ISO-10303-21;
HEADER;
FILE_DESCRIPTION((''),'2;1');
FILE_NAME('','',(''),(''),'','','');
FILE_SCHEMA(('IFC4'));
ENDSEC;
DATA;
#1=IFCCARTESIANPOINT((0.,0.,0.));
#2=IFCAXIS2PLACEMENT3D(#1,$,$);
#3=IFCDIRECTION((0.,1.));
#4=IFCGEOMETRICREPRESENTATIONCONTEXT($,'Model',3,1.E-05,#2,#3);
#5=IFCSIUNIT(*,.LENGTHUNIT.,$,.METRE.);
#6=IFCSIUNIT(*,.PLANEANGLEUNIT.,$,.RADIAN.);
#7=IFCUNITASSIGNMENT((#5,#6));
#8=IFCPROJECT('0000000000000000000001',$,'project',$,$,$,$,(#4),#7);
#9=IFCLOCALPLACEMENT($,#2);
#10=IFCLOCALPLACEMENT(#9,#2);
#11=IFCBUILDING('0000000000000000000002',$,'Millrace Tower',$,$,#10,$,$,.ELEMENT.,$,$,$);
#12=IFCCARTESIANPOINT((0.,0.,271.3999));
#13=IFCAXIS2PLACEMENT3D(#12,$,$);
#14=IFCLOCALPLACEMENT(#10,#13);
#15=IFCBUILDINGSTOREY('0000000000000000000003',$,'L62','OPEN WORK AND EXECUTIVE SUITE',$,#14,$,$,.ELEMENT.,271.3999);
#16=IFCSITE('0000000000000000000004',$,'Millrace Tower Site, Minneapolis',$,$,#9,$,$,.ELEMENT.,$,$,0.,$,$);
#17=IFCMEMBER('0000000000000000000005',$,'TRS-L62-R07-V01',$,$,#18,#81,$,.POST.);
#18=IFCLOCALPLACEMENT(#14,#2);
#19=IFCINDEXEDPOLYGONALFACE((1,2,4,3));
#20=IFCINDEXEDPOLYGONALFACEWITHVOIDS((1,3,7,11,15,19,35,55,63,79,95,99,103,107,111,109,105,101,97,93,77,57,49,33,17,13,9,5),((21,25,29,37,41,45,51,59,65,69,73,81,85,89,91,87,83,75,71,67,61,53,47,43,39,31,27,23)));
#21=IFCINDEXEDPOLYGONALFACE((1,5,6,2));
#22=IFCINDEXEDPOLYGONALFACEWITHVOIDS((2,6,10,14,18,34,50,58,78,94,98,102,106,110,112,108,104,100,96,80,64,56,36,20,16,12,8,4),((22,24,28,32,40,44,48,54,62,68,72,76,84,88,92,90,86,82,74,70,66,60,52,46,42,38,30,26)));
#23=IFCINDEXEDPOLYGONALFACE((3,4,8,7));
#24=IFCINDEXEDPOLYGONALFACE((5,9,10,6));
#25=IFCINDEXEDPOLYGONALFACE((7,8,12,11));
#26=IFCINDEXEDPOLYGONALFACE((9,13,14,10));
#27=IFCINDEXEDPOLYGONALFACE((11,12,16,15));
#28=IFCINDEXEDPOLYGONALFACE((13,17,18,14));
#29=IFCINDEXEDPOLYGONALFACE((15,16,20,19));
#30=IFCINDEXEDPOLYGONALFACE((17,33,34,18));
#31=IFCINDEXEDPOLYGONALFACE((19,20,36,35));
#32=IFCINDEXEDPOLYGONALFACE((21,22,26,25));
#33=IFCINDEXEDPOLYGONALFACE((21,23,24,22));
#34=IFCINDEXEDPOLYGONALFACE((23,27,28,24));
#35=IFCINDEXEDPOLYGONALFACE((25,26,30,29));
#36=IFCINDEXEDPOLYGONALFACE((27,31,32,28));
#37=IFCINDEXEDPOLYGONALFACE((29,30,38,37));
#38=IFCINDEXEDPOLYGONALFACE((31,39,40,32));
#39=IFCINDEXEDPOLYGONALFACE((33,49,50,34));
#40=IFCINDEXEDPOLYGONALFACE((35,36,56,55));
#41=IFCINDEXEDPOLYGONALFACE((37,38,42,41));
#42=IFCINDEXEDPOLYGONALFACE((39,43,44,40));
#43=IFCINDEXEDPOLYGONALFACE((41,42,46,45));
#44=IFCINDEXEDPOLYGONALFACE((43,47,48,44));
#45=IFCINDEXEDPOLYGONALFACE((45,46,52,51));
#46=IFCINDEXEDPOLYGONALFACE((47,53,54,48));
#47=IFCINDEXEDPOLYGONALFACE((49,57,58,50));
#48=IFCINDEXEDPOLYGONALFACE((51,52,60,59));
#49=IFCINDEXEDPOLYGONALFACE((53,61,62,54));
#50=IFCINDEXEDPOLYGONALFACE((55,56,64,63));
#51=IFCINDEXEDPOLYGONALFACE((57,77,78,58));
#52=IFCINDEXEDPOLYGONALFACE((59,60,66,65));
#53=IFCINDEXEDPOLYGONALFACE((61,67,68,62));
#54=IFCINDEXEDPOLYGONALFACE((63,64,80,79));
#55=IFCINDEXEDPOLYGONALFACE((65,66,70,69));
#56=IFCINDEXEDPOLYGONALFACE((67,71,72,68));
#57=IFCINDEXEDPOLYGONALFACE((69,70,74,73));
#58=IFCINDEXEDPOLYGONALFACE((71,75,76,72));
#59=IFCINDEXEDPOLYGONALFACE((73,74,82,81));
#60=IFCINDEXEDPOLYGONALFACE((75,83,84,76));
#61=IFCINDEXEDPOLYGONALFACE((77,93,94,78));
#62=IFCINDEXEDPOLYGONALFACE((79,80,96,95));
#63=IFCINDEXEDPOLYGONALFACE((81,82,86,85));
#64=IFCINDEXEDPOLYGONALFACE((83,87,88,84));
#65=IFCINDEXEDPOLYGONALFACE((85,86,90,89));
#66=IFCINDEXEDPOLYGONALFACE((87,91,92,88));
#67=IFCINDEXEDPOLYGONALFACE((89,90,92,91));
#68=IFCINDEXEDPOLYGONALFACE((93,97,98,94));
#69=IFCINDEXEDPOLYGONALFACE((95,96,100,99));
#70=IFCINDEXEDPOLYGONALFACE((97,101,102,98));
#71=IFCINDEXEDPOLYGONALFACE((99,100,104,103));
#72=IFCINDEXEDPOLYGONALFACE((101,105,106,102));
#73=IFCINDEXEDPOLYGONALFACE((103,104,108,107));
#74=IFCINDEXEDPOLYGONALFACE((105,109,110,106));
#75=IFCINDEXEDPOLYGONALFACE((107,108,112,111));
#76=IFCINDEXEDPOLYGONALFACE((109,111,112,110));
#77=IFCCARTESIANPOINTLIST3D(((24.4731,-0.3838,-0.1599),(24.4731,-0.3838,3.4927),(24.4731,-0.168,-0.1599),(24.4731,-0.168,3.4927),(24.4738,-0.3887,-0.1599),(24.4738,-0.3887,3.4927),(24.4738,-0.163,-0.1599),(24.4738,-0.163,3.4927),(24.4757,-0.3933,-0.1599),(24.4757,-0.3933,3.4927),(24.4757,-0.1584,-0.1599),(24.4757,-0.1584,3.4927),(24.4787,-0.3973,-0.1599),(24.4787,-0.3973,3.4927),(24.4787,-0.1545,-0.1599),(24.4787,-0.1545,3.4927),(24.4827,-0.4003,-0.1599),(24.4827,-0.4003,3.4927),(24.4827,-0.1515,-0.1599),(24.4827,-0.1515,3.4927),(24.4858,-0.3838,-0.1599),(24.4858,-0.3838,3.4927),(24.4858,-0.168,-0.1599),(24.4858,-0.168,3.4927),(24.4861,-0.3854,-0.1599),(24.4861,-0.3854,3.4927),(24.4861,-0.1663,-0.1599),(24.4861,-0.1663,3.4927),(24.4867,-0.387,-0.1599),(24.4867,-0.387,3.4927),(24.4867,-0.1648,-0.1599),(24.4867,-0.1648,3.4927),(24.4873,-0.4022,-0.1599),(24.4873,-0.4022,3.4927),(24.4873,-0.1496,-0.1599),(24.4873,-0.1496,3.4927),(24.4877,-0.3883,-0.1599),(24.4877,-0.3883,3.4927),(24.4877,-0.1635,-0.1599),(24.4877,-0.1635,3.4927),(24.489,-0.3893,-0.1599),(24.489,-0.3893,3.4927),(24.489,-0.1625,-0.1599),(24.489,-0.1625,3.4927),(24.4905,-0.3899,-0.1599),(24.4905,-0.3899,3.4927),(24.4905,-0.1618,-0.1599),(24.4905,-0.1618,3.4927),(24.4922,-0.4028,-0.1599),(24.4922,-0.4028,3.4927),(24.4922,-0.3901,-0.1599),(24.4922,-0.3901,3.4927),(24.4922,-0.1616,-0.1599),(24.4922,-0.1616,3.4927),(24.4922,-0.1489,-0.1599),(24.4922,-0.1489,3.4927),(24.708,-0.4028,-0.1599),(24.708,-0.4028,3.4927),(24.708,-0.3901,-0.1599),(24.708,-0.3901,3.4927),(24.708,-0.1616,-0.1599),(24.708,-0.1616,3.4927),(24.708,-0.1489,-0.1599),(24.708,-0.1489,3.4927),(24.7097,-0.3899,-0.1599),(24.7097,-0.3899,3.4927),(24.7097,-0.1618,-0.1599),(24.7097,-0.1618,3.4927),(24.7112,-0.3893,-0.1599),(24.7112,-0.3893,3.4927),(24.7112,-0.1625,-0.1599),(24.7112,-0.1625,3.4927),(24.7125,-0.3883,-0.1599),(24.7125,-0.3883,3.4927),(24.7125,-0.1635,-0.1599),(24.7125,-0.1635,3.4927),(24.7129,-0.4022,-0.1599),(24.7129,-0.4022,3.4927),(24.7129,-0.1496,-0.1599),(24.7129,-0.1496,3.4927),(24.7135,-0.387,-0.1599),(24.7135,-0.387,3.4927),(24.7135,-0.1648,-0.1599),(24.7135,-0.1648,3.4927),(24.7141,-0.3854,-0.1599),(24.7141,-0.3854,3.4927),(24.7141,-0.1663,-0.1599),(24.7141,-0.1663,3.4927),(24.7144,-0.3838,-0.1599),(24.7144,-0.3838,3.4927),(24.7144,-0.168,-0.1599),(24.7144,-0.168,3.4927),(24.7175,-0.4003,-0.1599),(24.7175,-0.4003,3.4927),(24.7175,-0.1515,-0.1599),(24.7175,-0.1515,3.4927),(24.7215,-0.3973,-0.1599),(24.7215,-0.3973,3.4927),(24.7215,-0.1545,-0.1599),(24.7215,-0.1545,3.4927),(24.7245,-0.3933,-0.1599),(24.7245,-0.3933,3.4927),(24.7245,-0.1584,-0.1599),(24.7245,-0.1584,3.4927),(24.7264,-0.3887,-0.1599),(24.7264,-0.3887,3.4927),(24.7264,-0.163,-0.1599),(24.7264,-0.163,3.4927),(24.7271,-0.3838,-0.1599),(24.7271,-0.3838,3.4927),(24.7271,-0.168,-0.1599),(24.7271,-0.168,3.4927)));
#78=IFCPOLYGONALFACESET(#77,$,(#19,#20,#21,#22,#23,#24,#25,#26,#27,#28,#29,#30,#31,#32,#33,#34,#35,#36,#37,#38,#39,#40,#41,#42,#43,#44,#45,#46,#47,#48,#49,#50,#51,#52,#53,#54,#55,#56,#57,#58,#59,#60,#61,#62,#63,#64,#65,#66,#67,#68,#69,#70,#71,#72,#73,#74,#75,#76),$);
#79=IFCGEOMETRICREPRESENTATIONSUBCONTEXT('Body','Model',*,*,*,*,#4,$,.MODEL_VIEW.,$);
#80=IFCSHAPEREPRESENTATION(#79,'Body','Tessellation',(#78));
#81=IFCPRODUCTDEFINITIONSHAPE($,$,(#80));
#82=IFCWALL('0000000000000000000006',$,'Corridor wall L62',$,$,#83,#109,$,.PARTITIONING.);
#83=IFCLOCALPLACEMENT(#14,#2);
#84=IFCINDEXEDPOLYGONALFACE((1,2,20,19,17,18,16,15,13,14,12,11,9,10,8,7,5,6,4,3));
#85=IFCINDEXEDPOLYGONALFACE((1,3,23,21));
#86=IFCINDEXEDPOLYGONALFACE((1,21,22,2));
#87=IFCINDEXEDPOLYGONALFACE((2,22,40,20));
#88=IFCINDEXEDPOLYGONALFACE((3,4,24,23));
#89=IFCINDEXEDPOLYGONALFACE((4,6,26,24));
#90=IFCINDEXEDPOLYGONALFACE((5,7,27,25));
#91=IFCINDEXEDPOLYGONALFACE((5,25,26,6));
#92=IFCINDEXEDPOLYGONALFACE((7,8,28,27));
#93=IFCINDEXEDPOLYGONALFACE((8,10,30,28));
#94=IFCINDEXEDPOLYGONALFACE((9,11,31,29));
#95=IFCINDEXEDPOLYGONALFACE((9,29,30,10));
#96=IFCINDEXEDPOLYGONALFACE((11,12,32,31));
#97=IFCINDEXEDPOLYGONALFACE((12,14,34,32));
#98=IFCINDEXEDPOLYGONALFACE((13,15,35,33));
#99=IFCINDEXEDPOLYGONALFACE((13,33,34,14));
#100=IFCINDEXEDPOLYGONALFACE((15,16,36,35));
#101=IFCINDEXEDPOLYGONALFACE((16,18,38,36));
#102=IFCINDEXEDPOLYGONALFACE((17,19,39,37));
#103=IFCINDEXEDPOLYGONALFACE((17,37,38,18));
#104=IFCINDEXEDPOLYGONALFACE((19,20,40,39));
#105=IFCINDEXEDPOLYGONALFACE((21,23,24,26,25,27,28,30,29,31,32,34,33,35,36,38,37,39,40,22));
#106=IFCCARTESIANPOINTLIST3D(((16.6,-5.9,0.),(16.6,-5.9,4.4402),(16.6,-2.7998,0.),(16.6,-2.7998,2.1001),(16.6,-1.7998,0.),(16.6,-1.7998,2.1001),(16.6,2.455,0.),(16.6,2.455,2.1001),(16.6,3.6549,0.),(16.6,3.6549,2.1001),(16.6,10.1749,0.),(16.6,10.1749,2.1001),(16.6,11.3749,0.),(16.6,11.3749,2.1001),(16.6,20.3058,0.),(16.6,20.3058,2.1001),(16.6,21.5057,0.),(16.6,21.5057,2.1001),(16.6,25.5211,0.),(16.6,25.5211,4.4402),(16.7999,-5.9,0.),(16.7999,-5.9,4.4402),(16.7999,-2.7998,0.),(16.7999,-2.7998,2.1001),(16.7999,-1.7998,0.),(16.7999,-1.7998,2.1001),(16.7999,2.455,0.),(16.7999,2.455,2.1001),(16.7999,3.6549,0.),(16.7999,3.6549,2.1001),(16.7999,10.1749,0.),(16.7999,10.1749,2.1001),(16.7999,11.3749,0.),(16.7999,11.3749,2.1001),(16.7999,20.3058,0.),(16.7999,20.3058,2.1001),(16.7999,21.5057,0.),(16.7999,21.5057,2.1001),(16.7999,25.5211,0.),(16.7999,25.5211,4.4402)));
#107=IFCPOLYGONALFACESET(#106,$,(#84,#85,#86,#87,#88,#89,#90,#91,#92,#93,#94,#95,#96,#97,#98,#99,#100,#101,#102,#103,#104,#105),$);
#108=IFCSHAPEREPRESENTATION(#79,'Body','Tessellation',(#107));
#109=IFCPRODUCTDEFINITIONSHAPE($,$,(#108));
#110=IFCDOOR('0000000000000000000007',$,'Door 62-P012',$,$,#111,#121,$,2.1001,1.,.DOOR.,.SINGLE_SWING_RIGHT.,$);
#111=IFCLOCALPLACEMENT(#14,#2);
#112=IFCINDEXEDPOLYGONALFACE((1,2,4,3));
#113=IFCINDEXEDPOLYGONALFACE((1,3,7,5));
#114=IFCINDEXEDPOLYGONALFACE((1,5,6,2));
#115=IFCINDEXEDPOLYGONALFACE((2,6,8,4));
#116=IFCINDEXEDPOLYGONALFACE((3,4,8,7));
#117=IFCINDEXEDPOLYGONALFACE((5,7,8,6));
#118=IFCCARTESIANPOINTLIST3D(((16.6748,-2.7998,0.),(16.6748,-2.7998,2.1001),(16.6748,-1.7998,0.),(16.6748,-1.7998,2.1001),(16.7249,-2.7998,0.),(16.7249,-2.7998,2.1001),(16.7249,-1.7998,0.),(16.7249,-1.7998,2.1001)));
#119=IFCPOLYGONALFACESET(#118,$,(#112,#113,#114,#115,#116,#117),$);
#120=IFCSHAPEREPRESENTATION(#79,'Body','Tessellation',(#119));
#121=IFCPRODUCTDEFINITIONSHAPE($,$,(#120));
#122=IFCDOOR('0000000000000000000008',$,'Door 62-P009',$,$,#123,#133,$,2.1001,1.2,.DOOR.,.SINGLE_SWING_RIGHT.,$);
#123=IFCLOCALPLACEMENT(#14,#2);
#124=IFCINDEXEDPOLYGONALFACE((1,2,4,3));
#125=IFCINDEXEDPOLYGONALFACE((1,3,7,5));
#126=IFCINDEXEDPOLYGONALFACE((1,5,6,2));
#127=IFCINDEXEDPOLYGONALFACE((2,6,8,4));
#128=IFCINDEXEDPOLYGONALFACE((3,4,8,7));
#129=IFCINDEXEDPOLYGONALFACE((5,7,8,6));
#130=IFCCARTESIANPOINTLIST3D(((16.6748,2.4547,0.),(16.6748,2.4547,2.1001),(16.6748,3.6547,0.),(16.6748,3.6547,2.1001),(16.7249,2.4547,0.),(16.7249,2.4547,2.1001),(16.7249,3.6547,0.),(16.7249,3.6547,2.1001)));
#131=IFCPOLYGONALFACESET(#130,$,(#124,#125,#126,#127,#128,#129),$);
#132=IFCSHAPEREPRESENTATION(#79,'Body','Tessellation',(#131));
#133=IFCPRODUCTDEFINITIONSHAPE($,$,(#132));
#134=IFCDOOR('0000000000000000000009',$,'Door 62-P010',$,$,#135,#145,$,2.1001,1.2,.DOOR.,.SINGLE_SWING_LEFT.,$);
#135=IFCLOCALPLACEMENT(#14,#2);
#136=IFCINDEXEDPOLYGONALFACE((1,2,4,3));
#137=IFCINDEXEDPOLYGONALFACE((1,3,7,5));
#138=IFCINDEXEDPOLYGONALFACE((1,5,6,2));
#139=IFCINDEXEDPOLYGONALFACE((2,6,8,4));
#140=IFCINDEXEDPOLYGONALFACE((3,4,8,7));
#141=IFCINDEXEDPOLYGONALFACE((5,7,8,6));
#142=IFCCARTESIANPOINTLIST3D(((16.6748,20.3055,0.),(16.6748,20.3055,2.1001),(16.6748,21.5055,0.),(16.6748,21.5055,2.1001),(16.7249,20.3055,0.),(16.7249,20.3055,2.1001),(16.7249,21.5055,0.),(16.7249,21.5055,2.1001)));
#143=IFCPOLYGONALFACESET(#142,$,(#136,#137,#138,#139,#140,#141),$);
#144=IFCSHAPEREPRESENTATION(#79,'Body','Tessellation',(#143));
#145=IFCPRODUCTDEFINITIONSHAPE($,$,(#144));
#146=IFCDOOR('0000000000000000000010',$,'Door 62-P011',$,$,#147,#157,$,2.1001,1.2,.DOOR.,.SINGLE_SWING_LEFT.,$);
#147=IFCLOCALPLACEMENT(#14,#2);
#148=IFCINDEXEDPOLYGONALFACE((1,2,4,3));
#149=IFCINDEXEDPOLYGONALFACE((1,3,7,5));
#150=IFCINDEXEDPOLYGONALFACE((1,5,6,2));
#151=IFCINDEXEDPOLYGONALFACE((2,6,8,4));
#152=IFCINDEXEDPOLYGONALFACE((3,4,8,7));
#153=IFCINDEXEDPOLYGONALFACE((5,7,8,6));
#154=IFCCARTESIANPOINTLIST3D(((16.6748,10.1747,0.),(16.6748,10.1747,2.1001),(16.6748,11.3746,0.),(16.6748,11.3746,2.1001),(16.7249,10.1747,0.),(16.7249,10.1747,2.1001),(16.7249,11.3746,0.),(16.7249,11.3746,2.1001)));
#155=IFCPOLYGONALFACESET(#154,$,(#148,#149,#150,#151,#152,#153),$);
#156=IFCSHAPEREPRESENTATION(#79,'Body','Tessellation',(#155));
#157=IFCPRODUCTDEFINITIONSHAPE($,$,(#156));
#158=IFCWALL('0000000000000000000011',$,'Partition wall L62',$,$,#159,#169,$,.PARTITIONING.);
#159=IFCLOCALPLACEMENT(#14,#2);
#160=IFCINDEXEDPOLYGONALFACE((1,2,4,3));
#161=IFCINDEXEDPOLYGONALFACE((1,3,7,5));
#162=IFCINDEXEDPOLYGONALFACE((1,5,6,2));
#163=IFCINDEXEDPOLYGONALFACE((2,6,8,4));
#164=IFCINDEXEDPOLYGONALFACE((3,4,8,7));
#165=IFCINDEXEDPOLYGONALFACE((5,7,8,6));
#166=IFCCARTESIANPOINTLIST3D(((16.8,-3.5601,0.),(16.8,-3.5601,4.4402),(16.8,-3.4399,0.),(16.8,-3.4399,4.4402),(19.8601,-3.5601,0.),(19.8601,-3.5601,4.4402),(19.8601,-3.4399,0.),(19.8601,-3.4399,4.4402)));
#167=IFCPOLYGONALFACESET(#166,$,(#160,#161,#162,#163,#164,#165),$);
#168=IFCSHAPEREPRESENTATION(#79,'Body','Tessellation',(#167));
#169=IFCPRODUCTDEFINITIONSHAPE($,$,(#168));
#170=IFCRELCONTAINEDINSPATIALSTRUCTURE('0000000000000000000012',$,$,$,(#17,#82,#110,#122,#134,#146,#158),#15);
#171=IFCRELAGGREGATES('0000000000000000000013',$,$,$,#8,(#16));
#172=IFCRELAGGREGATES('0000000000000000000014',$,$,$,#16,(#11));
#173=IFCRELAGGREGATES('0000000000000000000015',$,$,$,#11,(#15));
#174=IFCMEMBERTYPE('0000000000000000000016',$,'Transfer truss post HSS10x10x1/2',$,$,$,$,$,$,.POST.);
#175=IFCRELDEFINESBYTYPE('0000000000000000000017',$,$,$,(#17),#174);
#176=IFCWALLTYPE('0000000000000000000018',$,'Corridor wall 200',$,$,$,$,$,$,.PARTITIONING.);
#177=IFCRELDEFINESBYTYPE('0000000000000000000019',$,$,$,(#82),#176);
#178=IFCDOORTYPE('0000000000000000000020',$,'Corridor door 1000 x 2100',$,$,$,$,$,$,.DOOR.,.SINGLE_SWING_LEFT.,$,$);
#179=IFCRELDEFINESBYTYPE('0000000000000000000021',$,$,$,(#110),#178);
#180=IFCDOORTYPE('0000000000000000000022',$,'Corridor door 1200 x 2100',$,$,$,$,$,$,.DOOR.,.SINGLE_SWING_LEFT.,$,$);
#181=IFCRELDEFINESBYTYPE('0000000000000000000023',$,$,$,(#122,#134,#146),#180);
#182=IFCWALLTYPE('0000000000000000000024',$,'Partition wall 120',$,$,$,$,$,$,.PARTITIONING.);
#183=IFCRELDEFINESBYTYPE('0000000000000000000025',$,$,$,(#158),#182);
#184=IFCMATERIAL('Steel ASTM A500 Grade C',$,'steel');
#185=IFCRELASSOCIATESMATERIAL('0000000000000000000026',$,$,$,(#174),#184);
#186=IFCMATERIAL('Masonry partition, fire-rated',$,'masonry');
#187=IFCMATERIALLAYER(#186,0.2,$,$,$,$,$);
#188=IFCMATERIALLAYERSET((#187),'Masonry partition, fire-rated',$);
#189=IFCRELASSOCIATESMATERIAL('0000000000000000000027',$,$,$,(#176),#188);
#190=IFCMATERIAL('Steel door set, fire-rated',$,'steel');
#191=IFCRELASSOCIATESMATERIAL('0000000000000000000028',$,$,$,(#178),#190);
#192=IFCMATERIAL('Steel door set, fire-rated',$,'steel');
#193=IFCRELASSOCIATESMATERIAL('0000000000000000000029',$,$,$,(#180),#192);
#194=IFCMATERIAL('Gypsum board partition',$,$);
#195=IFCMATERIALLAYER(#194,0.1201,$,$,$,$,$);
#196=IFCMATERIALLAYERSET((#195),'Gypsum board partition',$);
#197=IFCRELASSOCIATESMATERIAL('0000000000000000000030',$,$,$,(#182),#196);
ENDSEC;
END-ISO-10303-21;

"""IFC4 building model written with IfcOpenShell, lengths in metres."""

from ifc_helpers import new_model, si_unit, direction, frame, frame_2d, origin, origin_2d, place, context, subcontext, project, spatial, rectangle, hollow_rectangle, extrude, material, layer, layer_set, material_profile, profile_set, type_object, element, fill, save


model = new_model("IFC4")

# Units and contexts
model_context = context("Model", 3, precision=1e-05, world=origin(), true_north=direction((0.0, 1.0)))
body_context = subcontext(model_context, "Body", "Model", "MODEL_VIEW")
ifc_project = project(units=[si_unit("LENGTHUNIT", "METRE"), si_unit("PLANEANGLEUNIT", "RADIAN")], contexts=[model_context])

# Site, building, storey
site_placement = place(None, origin())
site = spatial("IfcSite", under=ifc_project, at=site_placement, Name="Millrace Tower Site, Minneapolis", CompositionType="ELEMENT", RefElevation=0.0)
building_placement = place(site_placement, origin())
building = spatial("IfcBuilding", under=site, at=building_placement, Name="Millrace Tower", CompositionType="ELEMENT")
storey_placement = place(building_placement, frame((0.0, 0.0, 271.3999)))
storey = spatial("IfcBuildingStorey", under=building, at=storey_placement, Name="L62", Description="OPEN WORK AND EXECUTIVE SUITE", CompositionType="ELEMENT", Elevation=271.3999)

# Member
ifc_material_1 = material(Name="Steel ASTM A500 Grade C", Category="steel")
ifc_material_profile_1 = material_profile(ifc_material_1, hollow_rectangle(XDim=0.2539, YDim=0.2539, WallThickness=0.0127, InnerFilletRadius=0.0063, OuterFilletRadius=0.019, at=origin_2d()))
ifc_profile_set_1 = profile_set([ifc_material_profile_1], Name="Steel ASTM A500 Grade C")
member_type_1 = type_object("IfcMemberType", Name="Transfer truss post HSS10x10x1/2", PredefinedType="POST", material=ifc_profile_set_1)
member_1_placement = place(storey_placement, frame((24.6001, -0.2759, -0.1599), z_axis=(0.0, 0.0, 1.0), x_axis=(1.0, 0.0, 0.0)))
element("IfcMember", 1, at=member_1_placement, inside=storey, type_object=member_type_1, Name="TRS-L62-R07-V01", PredefinedType="POST", context=body_context, shape_type="SweptSolid", body=[
    extrude(hollow_rectangle(XDim=0.2539, YDim=0.2539, WallThickness=0.0127, InnerFilletRadius=0.0063, OuterFilletRadius=0.019, at=origin_2d()), origin(), (0.0, 0.0, 1.0), 3.6526),
])

# Wall, openings, doors
ifc_material_2 = material(Name="Masonry partition, fire-rated", Category="masonry")
ifc_layer_1 = layer(ifc_material_2, 0.2)
ifc_layer_set_1 = layer_set([ifc_layer_1], Name="Masonry partition, fire-rated")
wall_type_1 = type_object("IfcWallType", Name="Corridor wall 200", PredefinedType="PARTITIONING", material=ifc_layer_set_1)
wall_1_placement = place(storey_placement, frame((16.7, -5.8999, 0.0), z_axis=(0.0, 0.0, 1.0), x_axis=(0.0, 1.0, 0.0)))
wall_1 = element("IfcWall", 2, at=wall_1_placement, inside=storey, type_object=wall_type_1, Name="Corridor wall L62", PredefinedType="PARTITIONING", context=body_context, shape_type="SweptSolid", body=[
    extrude(rectangle(XDim=31.4211, YDim=0.2, at=frame_2d((15.7104, 0.0))), origin(), (0.0, 0.0, 1.0), 4.4402),
])
opening_1_placement = place(wall_1_placement, frame((8.3547, 0.0, 0.0)))
opening_1 = element("IfcOpeningElement", 3, at=opening_1_placement, cuts=wall_1, PredefinedType="OPENING", context=body_context, shape_type="SweptSolid", body=[
    extrude(rectangle(XDim=1.2, YDim=2.1001, at=frame_2d((0.6001, 1.05))), frame((0.0, 0.1099, 0.0), z_axis=(0.0, -1.0, 0.0), x_axis=(1.0, 0.0, 0.0)), (0.0, 0.0, 1.0), 0.22),
])
opening_2_placement = place(wall_1_placement, frame((26.2056, 0.0, 0.0)))
opening_2 = element("IfcOpeningElement", 4, at=opening_2_placement, cuts=wall_1, PredefinedType="OPENING", context=body_context, shape_type="SweptSolid", body=[
    extrude(rectangle(XDim=1.2, YDim=2.1001, at=frame_2d((0.6001, 1.05))), frame((0.0, 0.1099, 0.0), z_axis=(0.0, -1.0, 0.0), x_axis=(1.0, 0.0, 0.0)), (0.0, 0.0, 1.0), 0.22),
])
opening_3_placement = place(wall_1_placement, frame((16.0747, 0.0, 0.0)))
opening_3 = element("IfcOpeningElement", 5, at=opening_3_placement, cuts=wall_1, PredefinedType="OPENING", context=body_context, shape_type="SweptSolid", body=[
    extrude(rectangle(XDim=1.2, YDim=2.1001, at=frame_2d((0.6001, 1.05))), frame((0.0, 0.1099, 0.0), z_axis=(0.0, -1.0, 0.0), x_axis=(1.0, 0.0, 0.0)), (0.0, 0.0, 1.0), 0.22),
])
opening_4_placement = place(wall_1_placement, frame((3.1001, 0.0, 0.0)))
opening_4 = element("IfcOpeningElement", 6, at=opening_4_placement, cuts=wall_1, PredefinedType="OPENING", context=body_context, shape_type="SweptSolid", body=[
    extrude(rectangle(XDim=1.0, YDim=2.1001, at=frame_2d((0.5, 1.05))), frame((0.0, 0.1099, 0.0), z_axis=(0.0, -1.0, 0.0), x_axis=(1.0, 0.0, 0.0)), (0.0, 0.0, 1.0), 0.22),
])
ifc_material_3 = material(Name="Steel door set, fire-rated", Category="steel")
door_type_1 = type_object("IfcDoorType", Name="Corridor door 1000 x 2100", OperationType="SINGLE_SWING_LEFT", PredefinedType="DOOR", material=ifc_material_3)
door_1_placement = place(opening_4_placement, frame((1.0, 0.0, 0.0), z_axis=(0.0, 0.0, 1.0), x_axis=(-1.0, 0.0, 0.0)))
door_1 = element("IfcDoor", 7, at=door_1_placement, inside=storey, type_object=door_type_1, Name="Door 62-P012", OperationType="SINGLE_SWING_RIGHT", OverallHeight=2.1001, OverallWidth=1.0, PredefinedType="DOOR", context=body_context, shape_type="SweptSolid", body=[
    extrude(rectangle(XDim=1.0, YDim=2.1001, at=frame_2d((0.5, 1.05))), frame((0.0, 0.0249, 0.0), z_axis=(0.0, -1.0, 0.0), x_axis=(1.0, 0.0, 0.0)), (0.0, 0.0, 1.0), 0.05),
])
fill(opening_4, door_1)
ifc_material_4 = material(Name="Steel door set, fire-rated", Category="steel")
door_type_2 = type_object("IfcDoorType", Name="Corridor door 1200 x 2100", OperationType="SINGLE_SWING_LEFT", PredefinedType="DOOR", material=ifc_material_4)
door_2_placement = place(opening_1_placement, frame((1.2, 0.0, 0.0), z_axis=(0.0, 0.0, 1.0), x_axis=(-1.0, 0.0, 0.0)))
door_2 = element("IfcDoor", 8, at=door_2_placement, inside=storey, type_object=door_type_2, Name="Door 62-P009", OperationType="SINGLE_SWING_RIGHT", OverallHeight=2.1001, OverallWidth=1.2, PredefinedType="DOOR", context=body_context, shape_type="SweptSolid", body=[
    extrude(rectangle(XDim=1.2, YDim=2.1001, at=frame_2d((0.6001, 1.05))), frame((0.0, 0.0249, 0.0), z_axis=(0.0, -1.0, 0.0), x_axis=(1.0, 0.0, 0.0)), (0.0, 0.0, 1.0), 0.05),
])
fill(opening_1, door_2)
door_3_placement = place(opening_2_placement, frame((1.2, 0.0, 0.0), z_axis=(0.0, 0.0, 1.0), x_axis=(-1.0, 0.0, 0.0)))
door_3 = element("IfcDoor", 9, at=door_3_placement, inside=storey, type_object=door_type_2, Name="Door 62-P010", OperationType="SINGLE_SWING_LEFT", OverallHeight=2.1001, OverallWidth=1.2, PredefinedType="DOOR", context=body_context, shape_type="SweptSolid", body=[
    extrude(rectangle(XDim=1.2, YDim=2.1001, at=frame_2d((0.6001, 1.05))), frame((0.0, 0.0249, 0.0), z_axis=(0.0, -1.0, 0.0), x_axis=(1.0, 0.0, 0.0)), (0.0, 0.0, 1.0), 0.05),
])
fill(opening_2, door_3)
door_4_placement = place(opening_3_placement, frame((1.2, 0.0, 0.0), z_axis=(0.0, 0.0, 1.0), x_axis=(-1.0, 0.0, 0.0)))
door_4 = element("IfcDoor", 10, at=door_4_placement, inside=storey, type_object=door_type_2, Name="Door 62-P011", OperationType="SINGLE_SWING_LEFT", OverallHeight=2.1001, OverallWidth=1.2, PredefinedType="DOOR", context=body_context, shape_type="SweptSolid", body=[
    extrude(rectangle(XDim=1.2, YDim=2.1001, at=frame_2d((0.6001, 1.05))), frame((0.0, 0.0249, 0.0), z_axis=(0.0, -1.0, 0.0), x_axis=(1.0, 0.0, 0.0)), (0.0, 0.0, 1.0), 0.05),
])
fill(opening_3, door_4)

# Wall
ifc_material_5 = material(Name="Gypsum board partition")
ifc_layer_2 = layer(ifc_material_5, 0.1201)
ifc_layer_set_2 = layer_set([ifc_layer_2], Name="Gypsum board partition")
wall_type_2 = type_object("IfcWallType", Name="Partition wall 120", PredefinedType="PARTITIONING", material=ifc_layer_set_2)
wall_2_placement = place(storey_placement, frame((16.8, -3.5, 0.0), z_axis=(0.0, 0.0, 1.0), x_axis=(1.0, 0.0, 0.0)))
element("IfcWall", 11, at=wall_2_placement, inside=storey, type_object=wall_type_2, Name="Partition wall L62", PredefinedType="PARTITIONING", context=body_context, shape_type="SweptSolid", body=[
    extrude(rectangle(XDim=3.0601, YDim=0.1201, at=frame_2d((1.53, 0.0))), origin(), (0.0, 0.0, 1.0), 4.4402),
])

save(model, "model.ifc")
